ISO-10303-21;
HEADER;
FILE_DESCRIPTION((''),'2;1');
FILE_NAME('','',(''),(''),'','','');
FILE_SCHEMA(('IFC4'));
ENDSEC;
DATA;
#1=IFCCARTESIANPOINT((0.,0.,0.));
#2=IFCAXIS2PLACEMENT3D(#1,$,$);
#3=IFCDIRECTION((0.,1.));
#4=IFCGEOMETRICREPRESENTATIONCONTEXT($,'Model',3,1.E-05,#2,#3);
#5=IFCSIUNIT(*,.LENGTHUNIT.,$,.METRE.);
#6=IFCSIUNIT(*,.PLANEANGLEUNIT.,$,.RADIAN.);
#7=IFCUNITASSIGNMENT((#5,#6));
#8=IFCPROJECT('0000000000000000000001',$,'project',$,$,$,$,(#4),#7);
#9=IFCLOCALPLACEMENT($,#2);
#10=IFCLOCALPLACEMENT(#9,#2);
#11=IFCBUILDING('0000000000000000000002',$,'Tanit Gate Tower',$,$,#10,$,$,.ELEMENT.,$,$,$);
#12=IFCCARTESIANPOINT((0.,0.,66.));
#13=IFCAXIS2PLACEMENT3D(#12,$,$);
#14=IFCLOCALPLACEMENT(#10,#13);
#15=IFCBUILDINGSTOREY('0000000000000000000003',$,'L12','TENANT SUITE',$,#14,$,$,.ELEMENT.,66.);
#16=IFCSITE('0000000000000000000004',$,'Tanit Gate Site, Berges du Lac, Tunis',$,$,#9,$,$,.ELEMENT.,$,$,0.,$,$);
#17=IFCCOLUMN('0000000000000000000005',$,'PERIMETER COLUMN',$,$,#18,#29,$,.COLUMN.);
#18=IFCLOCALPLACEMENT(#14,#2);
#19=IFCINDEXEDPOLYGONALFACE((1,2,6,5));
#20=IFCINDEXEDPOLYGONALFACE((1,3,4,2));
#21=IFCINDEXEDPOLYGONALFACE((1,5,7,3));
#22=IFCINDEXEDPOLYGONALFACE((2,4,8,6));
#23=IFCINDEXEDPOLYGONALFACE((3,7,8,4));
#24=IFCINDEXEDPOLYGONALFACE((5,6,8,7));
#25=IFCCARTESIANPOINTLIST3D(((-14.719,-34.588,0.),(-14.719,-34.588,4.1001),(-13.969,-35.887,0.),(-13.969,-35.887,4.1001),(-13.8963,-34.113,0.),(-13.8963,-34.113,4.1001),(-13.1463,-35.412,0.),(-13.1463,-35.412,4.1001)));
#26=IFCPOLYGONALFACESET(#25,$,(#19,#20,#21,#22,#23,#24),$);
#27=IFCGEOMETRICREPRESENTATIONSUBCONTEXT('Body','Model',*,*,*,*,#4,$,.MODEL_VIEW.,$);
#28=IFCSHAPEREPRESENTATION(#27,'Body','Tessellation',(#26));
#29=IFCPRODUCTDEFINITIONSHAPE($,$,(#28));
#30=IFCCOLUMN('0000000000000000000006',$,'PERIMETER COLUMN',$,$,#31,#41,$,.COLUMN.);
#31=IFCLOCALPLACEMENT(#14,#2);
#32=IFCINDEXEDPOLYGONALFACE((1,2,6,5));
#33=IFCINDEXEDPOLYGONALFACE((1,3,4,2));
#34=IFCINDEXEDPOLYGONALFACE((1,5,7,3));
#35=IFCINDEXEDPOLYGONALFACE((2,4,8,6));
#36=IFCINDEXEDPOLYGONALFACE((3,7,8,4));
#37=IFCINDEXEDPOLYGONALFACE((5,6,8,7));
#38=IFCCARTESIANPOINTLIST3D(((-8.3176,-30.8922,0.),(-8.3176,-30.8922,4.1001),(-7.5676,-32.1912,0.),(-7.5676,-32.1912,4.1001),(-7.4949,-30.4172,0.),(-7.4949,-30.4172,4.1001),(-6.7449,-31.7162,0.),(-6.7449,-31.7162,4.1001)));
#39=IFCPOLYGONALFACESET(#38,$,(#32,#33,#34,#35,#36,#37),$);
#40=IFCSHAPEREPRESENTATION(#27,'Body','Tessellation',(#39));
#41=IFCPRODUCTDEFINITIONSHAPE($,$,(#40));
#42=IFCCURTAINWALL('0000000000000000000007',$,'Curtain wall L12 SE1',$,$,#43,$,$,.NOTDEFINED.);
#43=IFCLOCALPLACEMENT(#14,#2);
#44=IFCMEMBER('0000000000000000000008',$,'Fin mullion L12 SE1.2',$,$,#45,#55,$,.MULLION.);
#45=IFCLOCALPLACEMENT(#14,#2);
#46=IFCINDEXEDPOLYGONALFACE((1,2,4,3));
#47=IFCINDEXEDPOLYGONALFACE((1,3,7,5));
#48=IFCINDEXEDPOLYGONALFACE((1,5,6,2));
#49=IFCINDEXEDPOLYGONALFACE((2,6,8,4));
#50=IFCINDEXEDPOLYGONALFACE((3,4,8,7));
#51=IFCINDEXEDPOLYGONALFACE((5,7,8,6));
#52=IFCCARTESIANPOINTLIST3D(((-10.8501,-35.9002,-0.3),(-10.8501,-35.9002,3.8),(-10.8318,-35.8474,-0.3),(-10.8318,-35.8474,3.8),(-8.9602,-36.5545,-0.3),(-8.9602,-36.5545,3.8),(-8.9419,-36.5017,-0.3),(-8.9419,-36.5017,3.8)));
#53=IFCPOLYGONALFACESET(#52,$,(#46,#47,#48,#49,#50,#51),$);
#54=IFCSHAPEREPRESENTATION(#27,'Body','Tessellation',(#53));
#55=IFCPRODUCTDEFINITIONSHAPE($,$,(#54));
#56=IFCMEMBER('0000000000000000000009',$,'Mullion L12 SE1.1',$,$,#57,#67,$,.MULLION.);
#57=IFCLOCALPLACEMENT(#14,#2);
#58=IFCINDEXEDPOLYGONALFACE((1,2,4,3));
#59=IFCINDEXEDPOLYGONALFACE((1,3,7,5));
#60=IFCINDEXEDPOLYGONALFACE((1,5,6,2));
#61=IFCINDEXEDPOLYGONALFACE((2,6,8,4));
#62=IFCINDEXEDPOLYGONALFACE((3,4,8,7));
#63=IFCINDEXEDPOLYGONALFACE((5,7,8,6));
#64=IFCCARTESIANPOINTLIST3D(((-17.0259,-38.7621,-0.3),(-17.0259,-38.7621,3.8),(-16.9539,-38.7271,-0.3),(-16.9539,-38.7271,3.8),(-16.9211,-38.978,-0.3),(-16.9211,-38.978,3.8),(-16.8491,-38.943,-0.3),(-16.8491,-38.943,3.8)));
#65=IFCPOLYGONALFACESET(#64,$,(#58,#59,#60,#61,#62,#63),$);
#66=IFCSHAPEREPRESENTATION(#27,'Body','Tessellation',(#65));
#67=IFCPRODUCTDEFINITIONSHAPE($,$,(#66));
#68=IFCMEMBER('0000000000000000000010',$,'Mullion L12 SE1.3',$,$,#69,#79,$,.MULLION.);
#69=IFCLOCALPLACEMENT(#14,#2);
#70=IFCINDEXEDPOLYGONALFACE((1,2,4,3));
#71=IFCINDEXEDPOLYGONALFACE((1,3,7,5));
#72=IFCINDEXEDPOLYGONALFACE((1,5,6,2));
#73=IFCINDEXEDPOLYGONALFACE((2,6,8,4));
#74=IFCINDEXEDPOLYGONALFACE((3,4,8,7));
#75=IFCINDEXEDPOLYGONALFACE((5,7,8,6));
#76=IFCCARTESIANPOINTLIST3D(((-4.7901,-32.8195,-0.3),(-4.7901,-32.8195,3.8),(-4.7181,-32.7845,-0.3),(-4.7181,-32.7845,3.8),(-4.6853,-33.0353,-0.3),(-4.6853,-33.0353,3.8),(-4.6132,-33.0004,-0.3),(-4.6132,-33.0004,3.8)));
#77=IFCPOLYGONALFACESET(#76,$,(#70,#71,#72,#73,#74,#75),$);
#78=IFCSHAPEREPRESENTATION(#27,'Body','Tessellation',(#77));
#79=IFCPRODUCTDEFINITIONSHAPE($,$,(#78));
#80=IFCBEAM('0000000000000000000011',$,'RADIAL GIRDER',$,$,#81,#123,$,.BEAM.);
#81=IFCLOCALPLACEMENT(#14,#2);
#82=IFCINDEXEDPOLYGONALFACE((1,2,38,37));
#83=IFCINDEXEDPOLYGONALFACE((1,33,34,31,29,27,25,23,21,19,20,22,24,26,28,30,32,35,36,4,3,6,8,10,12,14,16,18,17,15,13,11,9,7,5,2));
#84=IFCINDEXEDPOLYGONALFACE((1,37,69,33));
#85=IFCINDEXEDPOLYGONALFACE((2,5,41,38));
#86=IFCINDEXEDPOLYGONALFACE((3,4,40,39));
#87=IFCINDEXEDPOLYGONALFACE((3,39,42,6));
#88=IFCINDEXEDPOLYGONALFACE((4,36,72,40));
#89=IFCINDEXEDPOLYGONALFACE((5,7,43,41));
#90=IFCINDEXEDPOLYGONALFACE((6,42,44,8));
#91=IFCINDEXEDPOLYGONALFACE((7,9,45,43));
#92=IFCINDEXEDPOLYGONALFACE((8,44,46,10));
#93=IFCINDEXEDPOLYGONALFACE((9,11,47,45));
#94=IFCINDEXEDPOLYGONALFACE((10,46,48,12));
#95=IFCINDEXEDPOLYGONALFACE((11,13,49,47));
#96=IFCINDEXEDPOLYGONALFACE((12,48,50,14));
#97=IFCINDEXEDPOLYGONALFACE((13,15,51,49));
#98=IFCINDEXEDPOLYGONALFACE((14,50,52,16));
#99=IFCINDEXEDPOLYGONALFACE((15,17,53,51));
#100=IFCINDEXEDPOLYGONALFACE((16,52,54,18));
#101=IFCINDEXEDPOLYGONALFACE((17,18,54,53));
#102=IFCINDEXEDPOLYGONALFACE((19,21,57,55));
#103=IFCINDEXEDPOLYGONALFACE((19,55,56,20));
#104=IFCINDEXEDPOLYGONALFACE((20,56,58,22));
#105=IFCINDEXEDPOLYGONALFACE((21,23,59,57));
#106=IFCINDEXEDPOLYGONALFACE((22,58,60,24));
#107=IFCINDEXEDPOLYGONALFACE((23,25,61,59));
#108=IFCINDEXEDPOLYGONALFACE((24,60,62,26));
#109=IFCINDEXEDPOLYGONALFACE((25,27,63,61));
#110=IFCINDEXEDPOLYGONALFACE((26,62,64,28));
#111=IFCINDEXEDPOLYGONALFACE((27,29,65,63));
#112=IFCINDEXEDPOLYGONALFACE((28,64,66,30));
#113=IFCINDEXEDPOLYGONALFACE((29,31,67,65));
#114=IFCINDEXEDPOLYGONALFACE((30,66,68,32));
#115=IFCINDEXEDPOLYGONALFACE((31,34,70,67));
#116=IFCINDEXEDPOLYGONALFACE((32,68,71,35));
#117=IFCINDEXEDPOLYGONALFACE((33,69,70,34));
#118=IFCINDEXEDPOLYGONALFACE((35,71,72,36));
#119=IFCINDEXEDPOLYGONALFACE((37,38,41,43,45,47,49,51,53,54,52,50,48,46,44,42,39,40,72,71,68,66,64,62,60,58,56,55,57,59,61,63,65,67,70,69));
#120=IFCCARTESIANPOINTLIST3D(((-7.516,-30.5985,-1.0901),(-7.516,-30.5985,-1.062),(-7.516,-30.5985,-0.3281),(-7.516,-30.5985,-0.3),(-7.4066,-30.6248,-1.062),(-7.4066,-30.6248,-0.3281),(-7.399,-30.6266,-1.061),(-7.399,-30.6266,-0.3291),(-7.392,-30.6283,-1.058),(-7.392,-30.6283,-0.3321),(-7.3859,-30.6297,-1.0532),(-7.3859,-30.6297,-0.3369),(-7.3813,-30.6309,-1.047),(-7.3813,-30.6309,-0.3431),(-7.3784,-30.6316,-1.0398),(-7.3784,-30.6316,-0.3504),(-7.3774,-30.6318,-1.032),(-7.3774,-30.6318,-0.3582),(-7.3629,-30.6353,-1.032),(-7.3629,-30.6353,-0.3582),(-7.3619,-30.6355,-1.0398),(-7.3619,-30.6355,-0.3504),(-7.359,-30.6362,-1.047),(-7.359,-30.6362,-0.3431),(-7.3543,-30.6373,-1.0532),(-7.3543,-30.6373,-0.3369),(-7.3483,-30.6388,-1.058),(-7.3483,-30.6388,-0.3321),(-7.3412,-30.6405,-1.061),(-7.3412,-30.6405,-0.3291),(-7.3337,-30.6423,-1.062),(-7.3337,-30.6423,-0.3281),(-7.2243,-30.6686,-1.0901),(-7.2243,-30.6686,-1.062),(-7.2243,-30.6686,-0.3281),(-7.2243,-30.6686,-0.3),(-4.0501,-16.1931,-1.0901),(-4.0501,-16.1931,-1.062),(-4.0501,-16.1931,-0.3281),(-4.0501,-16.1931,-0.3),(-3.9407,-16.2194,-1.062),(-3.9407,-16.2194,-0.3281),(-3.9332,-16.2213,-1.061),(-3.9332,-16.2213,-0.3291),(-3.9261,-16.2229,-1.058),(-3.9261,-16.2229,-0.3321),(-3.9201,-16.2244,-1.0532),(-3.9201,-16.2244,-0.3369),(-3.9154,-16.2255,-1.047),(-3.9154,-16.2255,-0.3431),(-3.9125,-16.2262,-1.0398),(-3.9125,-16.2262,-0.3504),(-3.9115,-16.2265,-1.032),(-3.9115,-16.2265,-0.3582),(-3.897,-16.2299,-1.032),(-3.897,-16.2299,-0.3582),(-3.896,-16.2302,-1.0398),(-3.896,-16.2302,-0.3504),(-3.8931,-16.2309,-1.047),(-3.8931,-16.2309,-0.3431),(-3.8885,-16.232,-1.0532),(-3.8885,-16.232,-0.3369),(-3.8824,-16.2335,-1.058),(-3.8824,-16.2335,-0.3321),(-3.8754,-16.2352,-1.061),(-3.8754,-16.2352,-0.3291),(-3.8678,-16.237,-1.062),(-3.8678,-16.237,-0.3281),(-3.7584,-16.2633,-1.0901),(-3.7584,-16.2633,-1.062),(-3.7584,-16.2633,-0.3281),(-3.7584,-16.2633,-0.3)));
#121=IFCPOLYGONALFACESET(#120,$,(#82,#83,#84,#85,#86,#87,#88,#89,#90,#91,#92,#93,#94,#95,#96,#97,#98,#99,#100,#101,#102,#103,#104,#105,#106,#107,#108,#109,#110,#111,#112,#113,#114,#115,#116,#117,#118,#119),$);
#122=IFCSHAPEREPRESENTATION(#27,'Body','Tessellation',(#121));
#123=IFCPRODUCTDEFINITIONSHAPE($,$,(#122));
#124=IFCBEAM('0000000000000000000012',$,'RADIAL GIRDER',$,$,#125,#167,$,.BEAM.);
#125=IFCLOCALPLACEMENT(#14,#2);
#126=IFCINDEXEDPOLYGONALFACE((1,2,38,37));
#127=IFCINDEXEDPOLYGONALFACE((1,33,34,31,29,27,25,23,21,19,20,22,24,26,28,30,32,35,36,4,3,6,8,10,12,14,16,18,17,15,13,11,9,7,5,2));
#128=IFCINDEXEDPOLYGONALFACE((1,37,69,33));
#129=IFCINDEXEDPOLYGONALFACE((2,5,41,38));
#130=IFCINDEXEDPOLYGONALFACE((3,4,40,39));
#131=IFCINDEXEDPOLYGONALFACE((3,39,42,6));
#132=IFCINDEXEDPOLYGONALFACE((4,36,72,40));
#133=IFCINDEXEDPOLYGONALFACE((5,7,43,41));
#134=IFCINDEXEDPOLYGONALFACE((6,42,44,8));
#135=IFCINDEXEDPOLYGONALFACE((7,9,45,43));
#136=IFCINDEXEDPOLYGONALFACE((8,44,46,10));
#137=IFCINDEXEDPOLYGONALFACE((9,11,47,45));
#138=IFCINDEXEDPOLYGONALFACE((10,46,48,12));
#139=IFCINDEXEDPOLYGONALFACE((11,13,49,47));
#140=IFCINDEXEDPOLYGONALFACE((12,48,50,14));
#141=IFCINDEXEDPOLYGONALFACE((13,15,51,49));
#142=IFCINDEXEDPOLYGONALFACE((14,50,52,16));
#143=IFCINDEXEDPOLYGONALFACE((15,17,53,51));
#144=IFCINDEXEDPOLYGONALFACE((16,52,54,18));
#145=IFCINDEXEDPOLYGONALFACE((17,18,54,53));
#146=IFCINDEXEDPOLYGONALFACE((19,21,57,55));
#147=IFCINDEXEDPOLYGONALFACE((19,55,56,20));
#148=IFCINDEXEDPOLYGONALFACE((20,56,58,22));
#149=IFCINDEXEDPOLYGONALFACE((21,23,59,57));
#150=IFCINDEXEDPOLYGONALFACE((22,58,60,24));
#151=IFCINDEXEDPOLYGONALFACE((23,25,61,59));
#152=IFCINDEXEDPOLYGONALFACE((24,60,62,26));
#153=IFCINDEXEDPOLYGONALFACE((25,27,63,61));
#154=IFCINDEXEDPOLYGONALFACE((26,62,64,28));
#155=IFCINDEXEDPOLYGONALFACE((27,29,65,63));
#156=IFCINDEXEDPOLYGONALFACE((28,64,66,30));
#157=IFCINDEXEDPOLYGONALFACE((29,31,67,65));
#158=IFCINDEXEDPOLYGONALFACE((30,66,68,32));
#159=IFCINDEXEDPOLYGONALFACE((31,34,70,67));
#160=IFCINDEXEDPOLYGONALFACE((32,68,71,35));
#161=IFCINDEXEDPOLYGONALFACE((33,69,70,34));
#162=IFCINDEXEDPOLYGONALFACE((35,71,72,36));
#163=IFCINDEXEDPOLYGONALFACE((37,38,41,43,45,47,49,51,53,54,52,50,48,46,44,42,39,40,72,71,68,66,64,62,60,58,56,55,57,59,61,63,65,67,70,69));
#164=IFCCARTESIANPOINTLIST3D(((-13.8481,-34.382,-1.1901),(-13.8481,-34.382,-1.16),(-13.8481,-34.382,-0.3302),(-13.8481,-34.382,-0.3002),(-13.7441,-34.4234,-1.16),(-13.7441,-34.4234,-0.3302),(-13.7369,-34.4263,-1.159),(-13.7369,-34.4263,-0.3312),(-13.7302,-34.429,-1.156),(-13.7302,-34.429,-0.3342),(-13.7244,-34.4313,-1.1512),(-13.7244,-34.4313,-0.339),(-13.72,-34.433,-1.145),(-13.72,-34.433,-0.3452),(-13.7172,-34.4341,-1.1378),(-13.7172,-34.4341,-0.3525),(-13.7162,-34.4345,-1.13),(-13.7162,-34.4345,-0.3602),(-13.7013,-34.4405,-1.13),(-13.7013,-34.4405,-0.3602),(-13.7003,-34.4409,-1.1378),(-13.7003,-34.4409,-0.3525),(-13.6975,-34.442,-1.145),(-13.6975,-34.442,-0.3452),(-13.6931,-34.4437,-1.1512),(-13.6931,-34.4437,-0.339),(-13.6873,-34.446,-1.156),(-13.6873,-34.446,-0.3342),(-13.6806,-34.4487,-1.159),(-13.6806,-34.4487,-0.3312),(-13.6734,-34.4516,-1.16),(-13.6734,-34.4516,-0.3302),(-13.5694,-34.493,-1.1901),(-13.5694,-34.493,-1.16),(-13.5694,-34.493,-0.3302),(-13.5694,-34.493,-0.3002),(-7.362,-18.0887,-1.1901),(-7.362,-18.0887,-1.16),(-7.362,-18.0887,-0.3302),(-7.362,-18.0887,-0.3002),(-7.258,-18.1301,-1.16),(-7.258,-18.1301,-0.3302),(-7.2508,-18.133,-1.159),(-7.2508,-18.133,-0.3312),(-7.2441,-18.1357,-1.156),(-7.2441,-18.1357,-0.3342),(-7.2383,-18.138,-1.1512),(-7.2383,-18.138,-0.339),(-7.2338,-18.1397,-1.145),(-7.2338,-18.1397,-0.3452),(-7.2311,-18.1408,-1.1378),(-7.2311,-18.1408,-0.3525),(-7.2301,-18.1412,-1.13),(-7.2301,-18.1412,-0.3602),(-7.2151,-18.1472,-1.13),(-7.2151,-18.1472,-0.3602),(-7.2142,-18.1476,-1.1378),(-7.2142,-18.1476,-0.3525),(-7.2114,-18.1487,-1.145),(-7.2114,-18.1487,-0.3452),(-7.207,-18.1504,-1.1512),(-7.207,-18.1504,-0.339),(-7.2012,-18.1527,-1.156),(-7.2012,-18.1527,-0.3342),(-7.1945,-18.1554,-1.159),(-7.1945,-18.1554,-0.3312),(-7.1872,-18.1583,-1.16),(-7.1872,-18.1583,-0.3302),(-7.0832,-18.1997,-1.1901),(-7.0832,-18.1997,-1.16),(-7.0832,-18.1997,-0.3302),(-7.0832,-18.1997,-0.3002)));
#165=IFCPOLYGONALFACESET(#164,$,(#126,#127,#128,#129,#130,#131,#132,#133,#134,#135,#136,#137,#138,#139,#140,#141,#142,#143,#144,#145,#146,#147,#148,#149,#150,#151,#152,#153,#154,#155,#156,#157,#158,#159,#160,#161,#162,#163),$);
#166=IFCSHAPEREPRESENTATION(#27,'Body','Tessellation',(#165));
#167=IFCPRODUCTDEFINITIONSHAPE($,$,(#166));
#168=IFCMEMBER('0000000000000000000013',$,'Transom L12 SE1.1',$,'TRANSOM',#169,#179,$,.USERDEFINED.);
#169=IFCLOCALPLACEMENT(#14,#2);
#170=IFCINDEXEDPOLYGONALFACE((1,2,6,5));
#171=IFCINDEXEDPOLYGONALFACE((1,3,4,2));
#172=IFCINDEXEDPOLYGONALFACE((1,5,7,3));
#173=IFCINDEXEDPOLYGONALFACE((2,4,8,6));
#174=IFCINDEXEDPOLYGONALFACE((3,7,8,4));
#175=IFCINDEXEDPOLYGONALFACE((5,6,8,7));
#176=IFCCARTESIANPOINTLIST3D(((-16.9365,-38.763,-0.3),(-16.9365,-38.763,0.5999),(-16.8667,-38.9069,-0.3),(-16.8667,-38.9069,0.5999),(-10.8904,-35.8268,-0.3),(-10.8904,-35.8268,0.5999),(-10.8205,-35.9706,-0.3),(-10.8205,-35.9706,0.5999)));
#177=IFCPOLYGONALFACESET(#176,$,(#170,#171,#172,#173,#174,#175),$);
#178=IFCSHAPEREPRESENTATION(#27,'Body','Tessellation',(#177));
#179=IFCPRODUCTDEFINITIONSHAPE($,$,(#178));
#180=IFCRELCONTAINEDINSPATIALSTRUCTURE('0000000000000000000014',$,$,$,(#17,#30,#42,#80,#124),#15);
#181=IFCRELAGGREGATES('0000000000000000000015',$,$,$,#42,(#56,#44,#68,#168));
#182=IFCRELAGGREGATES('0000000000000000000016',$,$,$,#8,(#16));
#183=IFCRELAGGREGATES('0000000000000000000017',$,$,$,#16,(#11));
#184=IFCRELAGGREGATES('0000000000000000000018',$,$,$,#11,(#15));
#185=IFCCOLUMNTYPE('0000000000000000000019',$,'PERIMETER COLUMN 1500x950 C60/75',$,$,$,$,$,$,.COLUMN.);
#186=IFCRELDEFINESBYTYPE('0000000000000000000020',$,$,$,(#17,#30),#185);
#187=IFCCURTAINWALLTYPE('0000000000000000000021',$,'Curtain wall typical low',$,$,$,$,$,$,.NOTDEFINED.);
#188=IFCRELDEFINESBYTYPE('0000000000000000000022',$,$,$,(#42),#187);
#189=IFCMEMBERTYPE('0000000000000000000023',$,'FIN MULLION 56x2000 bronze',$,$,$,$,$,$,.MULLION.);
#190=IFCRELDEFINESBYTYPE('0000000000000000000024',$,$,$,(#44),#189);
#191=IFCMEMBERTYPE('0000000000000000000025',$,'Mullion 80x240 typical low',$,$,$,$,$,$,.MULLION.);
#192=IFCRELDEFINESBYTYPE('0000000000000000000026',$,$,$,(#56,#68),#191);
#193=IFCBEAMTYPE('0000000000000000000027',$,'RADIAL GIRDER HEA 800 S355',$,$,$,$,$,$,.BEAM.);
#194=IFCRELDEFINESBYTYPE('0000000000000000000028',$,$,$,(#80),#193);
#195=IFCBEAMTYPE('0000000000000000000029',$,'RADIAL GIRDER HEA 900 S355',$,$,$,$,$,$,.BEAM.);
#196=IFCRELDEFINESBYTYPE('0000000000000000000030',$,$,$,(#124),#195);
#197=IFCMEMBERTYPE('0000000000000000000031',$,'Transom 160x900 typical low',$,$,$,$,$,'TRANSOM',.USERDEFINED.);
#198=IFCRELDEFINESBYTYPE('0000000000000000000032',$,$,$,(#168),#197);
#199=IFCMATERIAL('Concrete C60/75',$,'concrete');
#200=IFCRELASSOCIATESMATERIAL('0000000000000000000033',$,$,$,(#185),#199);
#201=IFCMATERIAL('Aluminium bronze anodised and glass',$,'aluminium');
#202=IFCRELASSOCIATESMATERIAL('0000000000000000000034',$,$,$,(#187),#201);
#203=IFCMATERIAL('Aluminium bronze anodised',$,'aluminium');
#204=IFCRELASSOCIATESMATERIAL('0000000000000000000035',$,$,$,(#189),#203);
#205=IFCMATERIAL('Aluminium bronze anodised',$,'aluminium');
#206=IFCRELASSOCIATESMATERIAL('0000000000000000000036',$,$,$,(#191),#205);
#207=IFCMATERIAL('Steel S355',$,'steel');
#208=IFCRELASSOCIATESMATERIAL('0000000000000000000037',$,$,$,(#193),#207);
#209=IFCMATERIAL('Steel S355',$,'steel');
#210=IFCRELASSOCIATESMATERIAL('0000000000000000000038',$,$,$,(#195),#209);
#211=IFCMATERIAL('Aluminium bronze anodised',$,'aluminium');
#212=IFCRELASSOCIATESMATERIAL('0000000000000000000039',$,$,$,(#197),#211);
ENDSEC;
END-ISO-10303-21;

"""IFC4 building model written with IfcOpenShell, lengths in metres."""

from ifc_helpers import new_model, si_unit, direction, frame, origin, origin_2d, place, context, subcontext, project, spatial, rectangle, i_section, extrude, material, material_profile, profile_set, type_object, element, aggregate, save


model = new_model("IFC4")

# Units and contexts
model_context = context("Model", 3, precision=1e-05, world=origin(), true_north=direction((0.0, 1.0)))
body_context = subcontext(model_context, "Body", "Model", "MODEL_VIEW")
ifc_project = project(units=[si_unit("LENGTHUNIT", "METRE"), si_unit("PLANEANGLEUNIT", "RADIAN")], contexts=[model_context])

# Site, building, storey
site_placement = place(None, origin())
site = spatial("IfcSite", under=ifc_project, at=site_placement, Name="Tanit Gate Site, Berges du Lac, Tunis", CompositionType="ELEMENT", RefElevation=0.0)
building_placement = place(site_placement, origin())
building = spatial("IfcBuilding", under=site, at=building_placement, Name="Tanit Gate Tower", CompositionType="ELEMENT")
storey_placement = place(building_placement, frame((0.0, 0.0, 66.0)))
storey = spatial("IfcBuildingStorey", under=building, at=storey_placement, Name="L12", Description="TENANT SUITE", CompositionType="ELEMENT", Elevation=66.0)

# Columns
ifc_material_1 = material(Name="Concrete C60/75", Category="concrete")
ifc_material_profile_1 = material_profile(ifc_material_1, rectangle(XDim=1.5, YDim=0.95, at=origin_2d()), Name="RC 1500x950")
ifc_profile_set_1 = profile_set([ifc_material_profile_1], Name="Concrete C60/75")
column_type = type_object("IfcColumnType", Name="PERIMETER COLUMN 1500x950 C60/75", PredefinedType="COLUMN", material=ifc_profile_set_1)
for number, where, z_axis, x_axis, name in (
    (1, (-13.9326, -35.0, 0.0), (0.0, 0.0, 1.0), (0.5, -0.866025, 0.0), "PERIMETER COLUMN"),
    (2, (-7.5312, -31.3042, 0.0), (0.0, 0.0, 1.0), (0.5, -0.866025, 0.0), "PERIMETER COLUMN"),
):
    element("IfcColumn", number, at=place(storey_placement, frame(where, z_axis=z_axis, x_axis=x_axis)), inside=storey, type_object=column_type, Name=name, PredefinedType="COLUMN", context=body_context, shape_type="SweptSolid", body=[
        extrude(rectangle(XDim=1.5, YDim=0.95, at=origin_2d()), origin(), (0.0, 0.0, 1.0), 4.1001),
    ])

# Curtain wall, members
ifc_material_2 = material(Name="Aluminium bronze anodised and glass", Category="aluminium")
curtain_wall_type = type_object("IfcCurtainWallType", Name="Curtain wall typical low", PredefinedType="NOTDEFINED", material=ifc_material_2)
curtain_wall_placement = place(storey_placement, origin())
curtain_wall = element("IfcCurtainWall", 3, at=curtain_wall_placement, inside=storey, type_object=curtain_wall_type, Name="Curtain wall L12 SE1", PredefinedType="NOTDEFINED")
ifc_material_3 = material(Name="Aluminium bronze anodised", Category="aluminium")
ifc_material_profile_2 = material_profile(ifc_material_3, rectangle(XDim=2.0, YDim=0.0559, at=origin_2d()), Name="56x2000 bronze fin mullion")
ifc_profile_set_2 = profile_set([ifc_material_profile_2], Name="Aluminium bronze anodised")
member_type_1 = type_object("IfcMemberType", Name="FIN MULLION 56x2000 bronze", PredefinedType="MULLION", material=ifc_profile_set_2)
member_1_placement = place(storey_placement, frame((-9.896, -36.2009, -0.3), z_axis=(0.0, 0.0, 1.0), x_axis=(-0.944975, 0.327143, 0.0)))
member_1 = element("IfcMember", 4, at=member_1_placement, type_object=member_type_1, Name="Fin mullion L12 SE1.2", PredefinedType="MULLION", context=body_context, shape_type="SweptSolid", body=[
    extrude(rectangle(XDim=2.0, YDim=0.0559, at=origin_2d()), origin(), (0.0, 0.0, 1.0), 4.1001),
])
ifc_material_4 = material(Name="Aluminium bronze anodised", Category="aluminium")
ifc_material_profile_3 = material_profile(ifc_material_4, rectangle(XDim=0.24, YDim=0.0801, at=origin_2d()), Name="80x240 bronze mullion")
ifc_profile_set_3 = profile_set([ifc_material_profile_3], Name="Aluminium bronze anodised")
member_type_2 = type_object("IfcMemberType", Name="Mullion 80x240 typical low", PredefinedType="MULLION", material=ifc_profile_set_3)
member_2_placement = place(storey_placement, frame((-16.9375, -38.8525, -0.3), z_axis=(0.0, 0.0, 1.0), x_axis=(-0.436873, 0.899523, 0.0)))
member_2 = element("IfcMember", 5, at=member_2_placement, type_object=member_type_2, Name="Mullion L12 SE1.1", PredefinedType="MULLION", context=body_context, shape_type="SweptSolid", body=[
    extrude(rectangle(XDim=0.24, YDim=0.0801, at=origin_2d()), origin(), (0.0, 0.0, 1.0), 4.1001),
])
member_3_placement = place(storey_placement, frame((-4.7017, -32.9099, -0.3), z_axis=(0.0, 0.0, 1.0), x_axis=(-0.436873, 0.899523, 0.0)))
member_3 = element("IfcMember", 6, at=member_3_placement, type_object=member_type_2, Name="Mullion L12 SE1.3", PredefinedType="MULLION", context=body_context, shape_type="SweptSolid", body=[
    extrude(rectangle(XDim=0.24, YDim=0.0801, at=origin_2d()), origin(), (0.0, 0.0, 1.0), 4.1001),
])

# Beams
ifc_material_5 = material(Name="Steel S355", Category="steel")
ifc_material_profile_4 = material_profile(ifc_material_5, i_section(OverallWidth=0.3, OverallDepth=0.79, WebThickness=0.0149, FlangeThickness=0.0281, FilletRadius=0.03, at=origin_2d()), Name="HEA 800")
ifc_profile_set_4 = profile_set([ifc_material_profile_4], Name="Steel S355")
beam_type_1 = type_object("IfcBeamType", Name="RADIAL GIRDER HEA 800 S355", PredefinedType="BEAM", material=ifc_profile_set_4)
beam_1_placement = place(storey_placement, frame((-7.3701, -30.6335, -0.6951), z_axis=(0.233919, 0.972256, 0.0), x_axis=(-0.972256, 0.233919, 0.0)))
element("IfcBeam", 7, at=beam_1_placement, inside=storey, type_object=beam_type_1, Name="RADIAL GIRDER", PredefinedType="BEAM", context=body_context, shape_type="SweptSolid", body=[
    extrude(i_section(OverallWidth=0.3, OverallDepth=0.79, WebThickness=0.0149, FlangeThickness=0.0281, FilletRadius=0.03, at=origin_2d()), origin(), (0.0, 0.0, 1.0), 14.8164),
])
ifc_material_6 = material(Name="Steel S355", Category="steel")
ifc_material_profile_5 = material_profile(ifc_material_6, i_section(OverallWidth=0.3, OverallDepth=0.8899, WebThickness=0.0161, FlangeThickness=0.03, FilletRadius=0.03, at=origin_2d()), Name="HEA 900")
ifc_profile_set_5 = profile_set([ifc_material_profile_5], Name="Steel S355")
beam_type_2 = type_object("IfcBeamType", Name="RADIAL GIRDER HEA 900 S355", PredefinedType="BEAM", material=ifc_profile_set_5)
beam_2_placement = place(storey_placement, frame((-13.7087, -34.4375, -0.7451), z_axis=(0.369856, 0.929089, 0.0), x_axis=(-0.929089, 0.369856, 0.0)))
element("IfcBeam", 8, at=beam_2_placement, inside=storey, type_object=beam_type_2, Name="RADIAL GIRDER", PredefinedType="BEAM", context=body_context, shape_type="SweptSolid", body=[
    extrude(i_section(OverallWidth=0.3, OverallDepth=0.8899, WebThickness=0.0161, FlangeThickness=0.03, FilletRadius=0.03, at=origin_2d()), origin(), (0.0, 0.0, 1.0), 17.5369),
])

# Member
ifc_material_7 = material(Name="Aluminium bronze anodised", Category="aluminium")
ifc_material_profile_6 = material_profile(ifc_material_7, rectangle(XDim=0.1599, YDim=0.8999, at=origin_2d()), Name="160x900 bronze transom")
ifc_profile_set_6 = profile_set([ifc_material_profile_6], Name="Aluminium bronze anodised")
member_type_3 = type_object("IfcMemberType", Name="Transom 160x900 typical low", ElementType="TRANSOM", PredefinedType="USERDEFINED", material=ifc_profile_set_6)
member_4_placement = place(storey_placement, frame((-16.9016, -38.835, 0.1499), z_axis=(0.899533, 0.436854, 0.0), x_axis=(-0.436854, 0.899533, 0.0)))
member_4 = element("IfcMember", 9, at=member_4_placement, type_object=member_type_3, Name="Transom L12 SE1.1", ObjectType="TRANSOM", PredefinedType="USERDEFINED", context=body_context, shape_type="SweptSolid", body=[
    extrude(rectangle(XDim=0.1599, YDim=0.8999, at=origin_2d()), origin(), (0.0, 0.0, 1.0), 6.7214),
])

aggregate(curtain_wall, [member_2, member_1, member_3, member_4])

save(model, "model.ifc")
